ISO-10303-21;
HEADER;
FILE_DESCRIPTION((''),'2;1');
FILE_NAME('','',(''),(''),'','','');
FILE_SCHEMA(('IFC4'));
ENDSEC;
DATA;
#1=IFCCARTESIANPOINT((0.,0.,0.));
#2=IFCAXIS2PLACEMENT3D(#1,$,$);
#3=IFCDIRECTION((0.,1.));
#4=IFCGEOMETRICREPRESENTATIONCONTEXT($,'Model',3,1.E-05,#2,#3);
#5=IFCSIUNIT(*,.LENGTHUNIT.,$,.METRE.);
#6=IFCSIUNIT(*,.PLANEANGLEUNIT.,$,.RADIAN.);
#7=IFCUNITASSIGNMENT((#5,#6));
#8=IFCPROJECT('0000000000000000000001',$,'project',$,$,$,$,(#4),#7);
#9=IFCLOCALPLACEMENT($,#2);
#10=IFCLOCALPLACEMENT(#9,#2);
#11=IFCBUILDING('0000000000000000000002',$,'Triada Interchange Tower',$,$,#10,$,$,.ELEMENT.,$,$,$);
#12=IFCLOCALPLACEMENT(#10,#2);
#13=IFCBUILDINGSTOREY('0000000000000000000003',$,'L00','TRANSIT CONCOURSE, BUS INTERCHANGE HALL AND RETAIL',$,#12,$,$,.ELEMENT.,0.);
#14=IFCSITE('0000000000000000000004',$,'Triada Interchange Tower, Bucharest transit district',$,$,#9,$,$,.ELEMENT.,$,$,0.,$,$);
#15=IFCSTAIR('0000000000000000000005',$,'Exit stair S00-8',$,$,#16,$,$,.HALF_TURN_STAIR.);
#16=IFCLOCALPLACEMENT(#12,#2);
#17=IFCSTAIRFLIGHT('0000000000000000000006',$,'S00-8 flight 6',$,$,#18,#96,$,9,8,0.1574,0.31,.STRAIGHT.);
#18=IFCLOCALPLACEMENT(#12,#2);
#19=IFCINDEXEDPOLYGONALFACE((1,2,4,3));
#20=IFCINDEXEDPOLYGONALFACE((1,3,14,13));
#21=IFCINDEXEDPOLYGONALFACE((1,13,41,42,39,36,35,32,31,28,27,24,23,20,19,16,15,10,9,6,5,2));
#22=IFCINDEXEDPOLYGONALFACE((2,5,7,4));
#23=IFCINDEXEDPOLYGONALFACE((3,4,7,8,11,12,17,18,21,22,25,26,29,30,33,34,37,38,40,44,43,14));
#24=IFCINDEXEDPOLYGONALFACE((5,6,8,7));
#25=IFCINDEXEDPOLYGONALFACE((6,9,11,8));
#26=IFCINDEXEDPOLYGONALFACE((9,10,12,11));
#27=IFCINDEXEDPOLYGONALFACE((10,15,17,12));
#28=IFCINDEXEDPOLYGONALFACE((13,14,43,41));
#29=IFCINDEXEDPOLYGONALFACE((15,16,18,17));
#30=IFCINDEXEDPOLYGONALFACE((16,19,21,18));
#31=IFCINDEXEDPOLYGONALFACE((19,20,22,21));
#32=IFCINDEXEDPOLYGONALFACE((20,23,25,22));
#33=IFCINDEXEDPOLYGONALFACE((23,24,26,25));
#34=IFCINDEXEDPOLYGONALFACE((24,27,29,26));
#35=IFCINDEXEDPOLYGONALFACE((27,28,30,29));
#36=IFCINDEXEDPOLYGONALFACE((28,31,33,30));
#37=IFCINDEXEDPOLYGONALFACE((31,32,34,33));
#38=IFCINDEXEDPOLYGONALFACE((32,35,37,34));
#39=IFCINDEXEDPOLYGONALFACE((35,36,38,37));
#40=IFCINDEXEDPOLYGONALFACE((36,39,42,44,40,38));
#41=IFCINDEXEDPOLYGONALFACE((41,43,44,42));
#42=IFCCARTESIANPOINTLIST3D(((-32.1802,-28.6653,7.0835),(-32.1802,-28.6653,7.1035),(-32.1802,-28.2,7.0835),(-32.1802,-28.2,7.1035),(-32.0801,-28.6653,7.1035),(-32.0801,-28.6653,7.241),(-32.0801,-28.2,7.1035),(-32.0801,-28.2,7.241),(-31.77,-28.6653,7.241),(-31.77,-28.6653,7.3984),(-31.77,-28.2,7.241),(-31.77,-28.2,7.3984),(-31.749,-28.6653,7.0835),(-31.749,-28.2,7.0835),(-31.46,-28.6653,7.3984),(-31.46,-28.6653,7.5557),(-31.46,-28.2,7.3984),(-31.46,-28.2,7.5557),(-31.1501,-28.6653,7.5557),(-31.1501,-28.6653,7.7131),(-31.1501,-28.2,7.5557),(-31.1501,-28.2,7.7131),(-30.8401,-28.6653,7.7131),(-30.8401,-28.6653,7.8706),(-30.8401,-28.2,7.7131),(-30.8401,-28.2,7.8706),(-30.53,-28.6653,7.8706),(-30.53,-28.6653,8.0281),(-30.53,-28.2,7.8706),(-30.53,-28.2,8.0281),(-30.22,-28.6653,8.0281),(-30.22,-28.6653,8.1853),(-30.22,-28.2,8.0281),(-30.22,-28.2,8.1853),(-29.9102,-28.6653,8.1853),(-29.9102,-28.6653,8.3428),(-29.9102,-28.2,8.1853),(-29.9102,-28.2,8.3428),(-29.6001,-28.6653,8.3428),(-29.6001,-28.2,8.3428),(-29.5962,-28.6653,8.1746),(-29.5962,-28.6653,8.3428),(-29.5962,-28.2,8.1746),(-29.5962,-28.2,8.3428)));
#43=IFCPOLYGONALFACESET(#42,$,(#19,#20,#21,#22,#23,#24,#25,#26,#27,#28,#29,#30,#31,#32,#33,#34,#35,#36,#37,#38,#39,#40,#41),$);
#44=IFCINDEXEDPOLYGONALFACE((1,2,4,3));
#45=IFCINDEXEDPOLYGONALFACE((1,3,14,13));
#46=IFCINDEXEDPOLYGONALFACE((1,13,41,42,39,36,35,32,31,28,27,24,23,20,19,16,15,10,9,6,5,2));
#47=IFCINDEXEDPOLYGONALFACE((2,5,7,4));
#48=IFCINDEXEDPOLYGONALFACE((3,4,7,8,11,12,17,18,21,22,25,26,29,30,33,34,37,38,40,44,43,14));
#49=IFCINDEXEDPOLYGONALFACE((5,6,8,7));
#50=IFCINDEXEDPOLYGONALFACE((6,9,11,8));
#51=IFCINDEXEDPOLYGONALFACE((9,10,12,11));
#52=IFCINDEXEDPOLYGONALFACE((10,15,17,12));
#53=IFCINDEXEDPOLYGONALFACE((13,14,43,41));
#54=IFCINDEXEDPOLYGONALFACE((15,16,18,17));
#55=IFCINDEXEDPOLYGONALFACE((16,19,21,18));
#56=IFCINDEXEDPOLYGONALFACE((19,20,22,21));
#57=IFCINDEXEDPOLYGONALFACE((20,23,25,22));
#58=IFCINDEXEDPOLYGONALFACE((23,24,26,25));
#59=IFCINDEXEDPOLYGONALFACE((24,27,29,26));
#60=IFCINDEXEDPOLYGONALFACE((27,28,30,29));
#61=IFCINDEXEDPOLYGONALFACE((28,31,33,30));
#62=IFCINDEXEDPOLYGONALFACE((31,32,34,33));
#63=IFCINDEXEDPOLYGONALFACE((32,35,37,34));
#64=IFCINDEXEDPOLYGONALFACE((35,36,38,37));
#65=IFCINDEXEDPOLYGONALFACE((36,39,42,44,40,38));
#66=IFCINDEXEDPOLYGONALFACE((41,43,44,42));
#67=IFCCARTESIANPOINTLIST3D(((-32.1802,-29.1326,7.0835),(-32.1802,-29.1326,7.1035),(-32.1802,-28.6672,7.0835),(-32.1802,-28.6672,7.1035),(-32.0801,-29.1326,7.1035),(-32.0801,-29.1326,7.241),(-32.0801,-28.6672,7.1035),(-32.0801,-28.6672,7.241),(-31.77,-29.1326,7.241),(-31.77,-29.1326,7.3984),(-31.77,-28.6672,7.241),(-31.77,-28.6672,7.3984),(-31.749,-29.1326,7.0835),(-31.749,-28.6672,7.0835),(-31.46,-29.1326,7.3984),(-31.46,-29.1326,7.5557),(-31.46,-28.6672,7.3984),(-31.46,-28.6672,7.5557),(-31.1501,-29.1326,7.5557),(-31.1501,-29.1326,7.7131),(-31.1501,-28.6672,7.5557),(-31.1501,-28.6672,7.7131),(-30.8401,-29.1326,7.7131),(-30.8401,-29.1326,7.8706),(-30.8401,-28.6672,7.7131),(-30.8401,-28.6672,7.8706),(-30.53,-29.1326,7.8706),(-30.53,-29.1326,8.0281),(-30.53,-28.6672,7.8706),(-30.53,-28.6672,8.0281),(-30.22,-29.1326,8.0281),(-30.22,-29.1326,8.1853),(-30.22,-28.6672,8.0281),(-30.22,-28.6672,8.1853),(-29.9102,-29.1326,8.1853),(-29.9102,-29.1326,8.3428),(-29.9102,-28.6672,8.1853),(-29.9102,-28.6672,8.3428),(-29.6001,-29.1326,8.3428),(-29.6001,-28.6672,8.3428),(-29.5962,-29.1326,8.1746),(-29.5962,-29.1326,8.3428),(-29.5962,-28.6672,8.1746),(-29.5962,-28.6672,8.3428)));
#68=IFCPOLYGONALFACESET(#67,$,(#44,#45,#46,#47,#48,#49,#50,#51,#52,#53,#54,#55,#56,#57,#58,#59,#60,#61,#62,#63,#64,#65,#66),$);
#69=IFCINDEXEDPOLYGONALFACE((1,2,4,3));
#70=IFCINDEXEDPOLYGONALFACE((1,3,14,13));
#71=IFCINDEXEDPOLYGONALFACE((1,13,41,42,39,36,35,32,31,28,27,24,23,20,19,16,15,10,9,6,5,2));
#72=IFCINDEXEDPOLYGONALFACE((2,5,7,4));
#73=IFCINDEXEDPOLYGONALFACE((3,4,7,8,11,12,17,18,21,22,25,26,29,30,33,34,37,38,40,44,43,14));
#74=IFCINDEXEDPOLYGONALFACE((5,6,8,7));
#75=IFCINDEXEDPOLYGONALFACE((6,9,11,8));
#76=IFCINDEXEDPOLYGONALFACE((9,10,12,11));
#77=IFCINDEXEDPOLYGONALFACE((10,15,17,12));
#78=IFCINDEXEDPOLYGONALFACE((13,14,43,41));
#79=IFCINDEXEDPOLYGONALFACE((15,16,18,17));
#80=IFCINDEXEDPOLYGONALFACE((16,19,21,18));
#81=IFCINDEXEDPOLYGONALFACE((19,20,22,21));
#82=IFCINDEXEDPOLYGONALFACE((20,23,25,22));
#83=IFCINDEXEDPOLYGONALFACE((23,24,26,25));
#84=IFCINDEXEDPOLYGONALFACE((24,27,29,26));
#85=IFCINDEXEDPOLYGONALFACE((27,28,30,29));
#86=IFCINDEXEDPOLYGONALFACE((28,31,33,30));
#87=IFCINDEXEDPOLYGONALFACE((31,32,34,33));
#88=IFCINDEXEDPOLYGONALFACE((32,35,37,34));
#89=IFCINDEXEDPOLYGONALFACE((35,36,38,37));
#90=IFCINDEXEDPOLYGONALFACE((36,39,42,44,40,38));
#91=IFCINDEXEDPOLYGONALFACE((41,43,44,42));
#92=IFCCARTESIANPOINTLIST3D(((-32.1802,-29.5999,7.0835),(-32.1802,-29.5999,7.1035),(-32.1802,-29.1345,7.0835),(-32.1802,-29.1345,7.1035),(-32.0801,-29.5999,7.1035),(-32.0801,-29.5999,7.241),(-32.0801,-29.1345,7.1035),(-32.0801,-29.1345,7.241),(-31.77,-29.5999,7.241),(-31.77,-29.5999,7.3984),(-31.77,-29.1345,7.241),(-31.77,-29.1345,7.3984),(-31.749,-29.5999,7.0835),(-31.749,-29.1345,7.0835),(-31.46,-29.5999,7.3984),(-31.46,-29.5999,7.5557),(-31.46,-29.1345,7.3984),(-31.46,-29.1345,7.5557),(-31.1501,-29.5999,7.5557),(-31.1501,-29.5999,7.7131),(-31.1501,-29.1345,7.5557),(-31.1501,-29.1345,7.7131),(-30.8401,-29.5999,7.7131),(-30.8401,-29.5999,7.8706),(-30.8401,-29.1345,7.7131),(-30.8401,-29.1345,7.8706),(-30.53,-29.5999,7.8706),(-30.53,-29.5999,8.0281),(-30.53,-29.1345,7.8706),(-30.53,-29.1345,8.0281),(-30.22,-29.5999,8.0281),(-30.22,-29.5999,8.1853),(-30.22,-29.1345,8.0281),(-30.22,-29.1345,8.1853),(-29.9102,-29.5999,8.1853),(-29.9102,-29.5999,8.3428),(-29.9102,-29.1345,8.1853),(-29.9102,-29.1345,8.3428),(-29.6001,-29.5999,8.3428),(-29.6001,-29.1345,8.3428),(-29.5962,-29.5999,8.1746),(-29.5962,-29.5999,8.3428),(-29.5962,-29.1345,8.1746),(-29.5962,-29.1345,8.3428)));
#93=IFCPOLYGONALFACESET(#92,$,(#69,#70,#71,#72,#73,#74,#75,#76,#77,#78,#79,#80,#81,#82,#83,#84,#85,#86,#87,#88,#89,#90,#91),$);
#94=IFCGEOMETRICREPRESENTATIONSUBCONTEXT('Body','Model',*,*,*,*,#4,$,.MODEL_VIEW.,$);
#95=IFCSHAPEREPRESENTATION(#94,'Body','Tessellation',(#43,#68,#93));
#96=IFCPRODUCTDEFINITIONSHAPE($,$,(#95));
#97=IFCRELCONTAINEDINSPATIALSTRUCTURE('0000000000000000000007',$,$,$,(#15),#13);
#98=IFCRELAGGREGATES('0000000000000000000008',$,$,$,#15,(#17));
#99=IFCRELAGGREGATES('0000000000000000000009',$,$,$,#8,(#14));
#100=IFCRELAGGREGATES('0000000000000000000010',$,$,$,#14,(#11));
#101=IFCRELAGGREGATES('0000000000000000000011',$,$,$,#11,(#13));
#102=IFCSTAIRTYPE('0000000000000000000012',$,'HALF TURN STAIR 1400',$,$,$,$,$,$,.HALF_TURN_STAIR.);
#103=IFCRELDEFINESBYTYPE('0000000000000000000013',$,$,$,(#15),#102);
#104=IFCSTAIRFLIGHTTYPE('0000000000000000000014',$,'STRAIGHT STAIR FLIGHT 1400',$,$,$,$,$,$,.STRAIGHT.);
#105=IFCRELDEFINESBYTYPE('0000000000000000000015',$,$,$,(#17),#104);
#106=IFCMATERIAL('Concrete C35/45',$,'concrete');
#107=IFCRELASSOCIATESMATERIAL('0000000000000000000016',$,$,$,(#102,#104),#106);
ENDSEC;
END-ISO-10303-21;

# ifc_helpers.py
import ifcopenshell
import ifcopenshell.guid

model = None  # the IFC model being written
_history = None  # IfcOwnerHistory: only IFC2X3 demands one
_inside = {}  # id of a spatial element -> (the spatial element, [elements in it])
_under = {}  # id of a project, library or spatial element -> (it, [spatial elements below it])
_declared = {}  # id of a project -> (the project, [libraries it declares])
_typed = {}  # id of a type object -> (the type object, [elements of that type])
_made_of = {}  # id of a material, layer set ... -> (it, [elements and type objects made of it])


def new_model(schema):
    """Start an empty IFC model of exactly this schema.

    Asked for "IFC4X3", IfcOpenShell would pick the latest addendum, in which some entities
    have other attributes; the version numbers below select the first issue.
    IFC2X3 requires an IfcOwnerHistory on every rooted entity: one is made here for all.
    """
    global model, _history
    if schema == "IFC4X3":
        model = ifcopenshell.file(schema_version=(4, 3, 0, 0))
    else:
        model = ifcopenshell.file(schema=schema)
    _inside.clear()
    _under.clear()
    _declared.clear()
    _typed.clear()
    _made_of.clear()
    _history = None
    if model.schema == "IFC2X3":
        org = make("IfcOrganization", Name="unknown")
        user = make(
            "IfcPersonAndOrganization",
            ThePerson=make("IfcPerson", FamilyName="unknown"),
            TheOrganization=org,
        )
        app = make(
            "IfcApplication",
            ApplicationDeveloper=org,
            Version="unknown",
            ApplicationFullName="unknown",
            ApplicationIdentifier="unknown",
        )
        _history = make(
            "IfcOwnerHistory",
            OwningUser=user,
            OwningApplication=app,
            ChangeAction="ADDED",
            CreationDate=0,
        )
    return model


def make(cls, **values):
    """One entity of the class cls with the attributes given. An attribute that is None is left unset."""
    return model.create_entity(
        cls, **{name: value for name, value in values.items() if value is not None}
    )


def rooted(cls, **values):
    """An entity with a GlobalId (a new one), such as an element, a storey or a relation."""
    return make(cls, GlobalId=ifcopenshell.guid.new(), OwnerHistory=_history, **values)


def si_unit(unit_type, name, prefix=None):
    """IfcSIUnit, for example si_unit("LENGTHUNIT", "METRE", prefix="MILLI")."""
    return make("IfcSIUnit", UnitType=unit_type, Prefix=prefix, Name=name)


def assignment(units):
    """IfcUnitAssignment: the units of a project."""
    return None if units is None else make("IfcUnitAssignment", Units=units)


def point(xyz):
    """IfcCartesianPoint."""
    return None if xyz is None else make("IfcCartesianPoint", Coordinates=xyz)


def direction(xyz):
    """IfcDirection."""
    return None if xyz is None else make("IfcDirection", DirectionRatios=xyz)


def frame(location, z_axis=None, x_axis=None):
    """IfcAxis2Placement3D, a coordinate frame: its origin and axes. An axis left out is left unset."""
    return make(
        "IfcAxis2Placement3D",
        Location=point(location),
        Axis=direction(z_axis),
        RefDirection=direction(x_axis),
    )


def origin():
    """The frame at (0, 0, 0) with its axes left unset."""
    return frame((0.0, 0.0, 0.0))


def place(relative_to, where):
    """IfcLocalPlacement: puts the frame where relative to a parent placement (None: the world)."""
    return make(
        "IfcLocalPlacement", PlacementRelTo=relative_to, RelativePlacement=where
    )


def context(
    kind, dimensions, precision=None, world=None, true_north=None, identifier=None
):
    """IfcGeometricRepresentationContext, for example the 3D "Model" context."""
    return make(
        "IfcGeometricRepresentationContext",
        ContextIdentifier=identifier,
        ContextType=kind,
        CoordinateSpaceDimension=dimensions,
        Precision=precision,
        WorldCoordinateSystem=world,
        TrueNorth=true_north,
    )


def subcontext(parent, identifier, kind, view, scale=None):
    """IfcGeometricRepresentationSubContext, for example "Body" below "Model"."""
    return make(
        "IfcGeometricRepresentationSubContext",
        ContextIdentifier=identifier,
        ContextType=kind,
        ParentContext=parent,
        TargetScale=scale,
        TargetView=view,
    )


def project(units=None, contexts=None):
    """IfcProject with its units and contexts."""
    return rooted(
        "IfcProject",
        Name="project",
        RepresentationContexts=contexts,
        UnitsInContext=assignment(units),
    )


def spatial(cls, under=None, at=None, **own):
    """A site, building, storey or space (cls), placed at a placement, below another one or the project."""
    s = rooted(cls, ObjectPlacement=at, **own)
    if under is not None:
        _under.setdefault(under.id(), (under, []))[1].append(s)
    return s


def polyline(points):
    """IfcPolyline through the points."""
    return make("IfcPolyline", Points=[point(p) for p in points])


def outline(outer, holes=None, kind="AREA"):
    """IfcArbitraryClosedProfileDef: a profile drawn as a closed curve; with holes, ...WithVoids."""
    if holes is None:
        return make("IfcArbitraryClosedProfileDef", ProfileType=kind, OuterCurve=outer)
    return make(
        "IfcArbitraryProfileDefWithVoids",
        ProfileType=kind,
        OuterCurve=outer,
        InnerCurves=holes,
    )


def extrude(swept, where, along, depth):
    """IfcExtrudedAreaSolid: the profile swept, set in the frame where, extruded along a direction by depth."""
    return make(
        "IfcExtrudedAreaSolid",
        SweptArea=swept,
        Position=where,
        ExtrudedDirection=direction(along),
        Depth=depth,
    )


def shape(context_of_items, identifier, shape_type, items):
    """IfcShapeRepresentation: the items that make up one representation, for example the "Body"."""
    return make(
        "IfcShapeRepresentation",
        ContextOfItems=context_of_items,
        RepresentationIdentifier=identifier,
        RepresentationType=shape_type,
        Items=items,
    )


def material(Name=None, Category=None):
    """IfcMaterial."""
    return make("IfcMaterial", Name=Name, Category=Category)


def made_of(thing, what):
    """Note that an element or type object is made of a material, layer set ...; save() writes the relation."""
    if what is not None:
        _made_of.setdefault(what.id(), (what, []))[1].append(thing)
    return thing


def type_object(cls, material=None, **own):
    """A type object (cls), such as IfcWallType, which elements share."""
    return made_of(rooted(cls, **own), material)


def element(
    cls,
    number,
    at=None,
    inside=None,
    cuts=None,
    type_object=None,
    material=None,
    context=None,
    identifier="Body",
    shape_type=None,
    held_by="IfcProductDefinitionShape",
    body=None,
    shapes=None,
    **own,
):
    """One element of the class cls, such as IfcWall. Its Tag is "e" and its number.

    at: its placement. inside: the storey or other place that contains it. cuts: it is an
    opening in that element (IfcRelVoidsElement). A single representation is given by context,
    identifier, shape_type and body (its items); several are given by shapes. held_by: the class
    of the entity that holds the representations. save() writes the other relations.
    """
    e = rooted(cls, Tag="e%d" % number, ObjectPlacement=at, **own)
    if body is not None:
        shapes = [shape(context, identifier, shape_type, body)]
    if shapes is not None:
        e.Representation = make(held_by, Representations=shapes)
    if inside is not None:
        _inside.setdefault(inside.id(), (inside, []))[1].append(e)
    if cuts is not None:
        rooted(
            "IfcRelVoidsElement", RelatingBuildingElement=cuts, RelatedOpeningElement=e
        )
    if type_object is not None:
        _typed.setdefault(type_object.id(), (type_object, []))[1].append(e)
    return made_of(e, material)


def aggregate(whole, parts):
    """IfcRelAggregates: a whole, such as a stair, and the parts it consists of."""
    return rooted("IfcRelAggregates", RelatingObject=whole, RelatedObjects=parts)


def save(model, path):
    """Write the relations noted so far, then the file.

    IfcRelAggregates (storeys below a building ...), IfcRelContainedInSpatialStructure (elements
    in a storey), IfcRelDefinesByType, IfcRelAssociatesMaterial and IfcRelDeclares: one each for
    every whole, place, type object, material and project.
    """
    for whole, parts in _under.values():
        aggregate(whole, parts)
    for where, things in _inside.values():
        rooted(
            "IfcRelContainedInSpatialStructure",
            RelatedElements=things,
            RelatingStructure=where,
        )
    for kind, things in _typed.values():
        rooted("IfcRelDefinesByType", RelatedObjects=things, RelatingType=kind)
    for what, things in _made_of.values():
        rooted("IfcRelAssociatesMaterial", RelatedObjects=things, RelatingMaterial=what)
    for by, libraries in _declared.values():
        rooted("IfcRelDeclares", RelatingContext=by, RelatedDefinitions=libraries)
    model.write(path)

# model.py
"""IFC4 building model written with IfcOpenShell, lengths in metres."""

from ifc_helpers import new_model, si_unit, direction, frame, origin, place, context, subcontext, project, spatial, polyline, outline, extrude, material, type_object, element, aggregate, save


model = new_model("IFC4")

# Units and contexts
model_context = context("Model", 3, precision=1e-05, world=origin(), true_north=direction((0.0, 1.0)))
body_context = subcontext(model_context, "Body", "Model", "MODEL_VIEW")
ifc_project = project(units=[si_unit("LENGTHUNIT", "METRE"), si_unit("PLANEANGLEUNIT", "RADIAN")], contexts=[model_context])

# Site, building, storey
site_placement = place(None, origin())
site = spatial("IfcSite", under=ifc_project, at=site_placement, Name="Triada Interchange Tower, Bucharest transit district", CompositionType="ELEMENT", RefElevation=0.0)
building_placement = place(site_placement, origin())
building = spatial("IfcBuilding", under=site, at=building_placement, Name="Triada Interchange Tower", CompositionType="ELEMENT")
storey_placement = place(building_placement, origin())
storey = spatial("IfcBuildingStorey", under=building, at=storey_placement, Name="L00", Description="TRANSIT CONCOURSE, BUS INTERCHANGE HALL AND RETAIL", CompositionType="ELEMENT", Elevation=0.0)

# Stair, stair flight
ifc_material_1 = material(Name="Concrete C35/45", Category="concrete")
stair_type = type_object("IfcStairType", Name="HALF TURN STAIR 1400", PredefinedType="HALF_TURN_STAIR", material=ifc_material_1)
stair_placement = place(storey_placement, origin())
stair = element("IfcStair", 1, at=stair_placement, inside=storey, type_object=stair_type, Name="Exit stair S00-8", PredefinedType="HALF_TURN_STAIR")
stair_flight_type = type_object("IfcStairFlightType", Name="STRAIGHT STAIR FLIGHT 1400", PredefinedType="STRAIGHT", material=ifc_material_1)
stair_flight_1_placement = place(storey_placement, frame((-32.0801, -28.8999, 7.0835), z_axis=(0.0, 0.0, 1.0), x_axis=(1.0, 0.0, 0.0)))
stair_flight_1 = element("IfcStairFlight", 2, at=stair_flight_1_placement, type_object=stair_flight_type, Name="S00-8 flight 6", NumberOfRisers=9, NumberOfTreads=8, PredefinedType="STRAIGHT", RiserHeight=0.1574, TreadLength=0.31, context=body_context, shape_type="SweptSolid", body=[
    extrude(outline(polyline([(-0.1001, 0.0), (-0.1001, 0.02), (0.0, 0.02), (0.0, 0.1575), (0.3101, 0.1575), (0.3101, 0.3149), (0.6201, 0.3149), (0.6201, 0.4722), (0.9299, 0.4722), (0.9299, 0.6296), (1.24, 0.6296), (1.24, 0.7871), (1.55, 0.7871), (1.55, 0.9446), (1.8601, 0.9446), (1.8601, 1.1018), (2.1699, 1.1018), (2.1699, 1.2593), (2.48, 1.2593), (2.4839, 1.2593), (2.4839, 1.4167), (2.4839, 1.0911), (0.3311, 0.0), (-0.1001, 0.0)])), frame((0.0, 0.7, 0.0), z_axis=(0.0, -1.0, 0.0), x_axis=(1.0, 0.0, 0.0)), (0.0, 0.0, 1.0), 0.4653),
    extrude(outline(polyline([(-0.1001, 0.0), (-0.1001, 0.02), (0.0, 0.02), (0.0, 0.1575), (0.3101, 0.1575), (0.3101, 0.3149), (0.6201, 0.3149), (0.6201, 0.4722), (0.9299, 0.4722), (0.9299, 0.6296), (1.24, 0.6296), (1.24, 0.7871), (1.55, 0.7871), (1.55, 0.9446), (1.8601, 0.9446), (1.8601, 1.1018), (2.1699, 1.1018), (2.1699, 1.2593), (2.48, 1.2593), (2.4839, 1.2593), (2.4839, 1.4167), (2.4839, 1.0911), (0.3311, 0.0), (-0.1001, 0.0)])), frame((0.0, 0.2327, 0.0), z_axis=(0.0, -1.0, 0.0), x_axis=(1.0, 0.0, 0.0)), (0.0, 0.0, 1.0), 0.4653),
    extrude(outline(polyline([(-0.1001, 0.0), (-0.1001, 0.02), (0.0, 0.02), (0.0, 0.1575), (0.3101, 0.1575), (0.3101, 0.3149), (0.6201, 0.3149), (0.6201, 0.4722), (0.9299, 0.4722), (0.9299, 0.6296), (1.24, 0.6296), (1.24, 0.7871), (1.55, 0.7871), (1.55, 0.9446), (1.8601, 0.9446), (1.8601, 1.1018), (2.1699, 1.1018), (2.1699, 1.2593), (2.48, 1.2593), (2.4839, 1.2593), (2.4839, 1.4167), (2.4839, 1.0911), (0.3311, 0.0), (-0.1001, 0.0)])), frame((0.0, -0.2346, 0.0), z_axis=(0.0, -1.0, 0.0), x_axis=(1.0, 0.0, 0.0)), (0.0, 0.0, 1.0), 0.4653),
])
aggregate(stair, [stair_flight_1])

save(model, "model.ifc")
